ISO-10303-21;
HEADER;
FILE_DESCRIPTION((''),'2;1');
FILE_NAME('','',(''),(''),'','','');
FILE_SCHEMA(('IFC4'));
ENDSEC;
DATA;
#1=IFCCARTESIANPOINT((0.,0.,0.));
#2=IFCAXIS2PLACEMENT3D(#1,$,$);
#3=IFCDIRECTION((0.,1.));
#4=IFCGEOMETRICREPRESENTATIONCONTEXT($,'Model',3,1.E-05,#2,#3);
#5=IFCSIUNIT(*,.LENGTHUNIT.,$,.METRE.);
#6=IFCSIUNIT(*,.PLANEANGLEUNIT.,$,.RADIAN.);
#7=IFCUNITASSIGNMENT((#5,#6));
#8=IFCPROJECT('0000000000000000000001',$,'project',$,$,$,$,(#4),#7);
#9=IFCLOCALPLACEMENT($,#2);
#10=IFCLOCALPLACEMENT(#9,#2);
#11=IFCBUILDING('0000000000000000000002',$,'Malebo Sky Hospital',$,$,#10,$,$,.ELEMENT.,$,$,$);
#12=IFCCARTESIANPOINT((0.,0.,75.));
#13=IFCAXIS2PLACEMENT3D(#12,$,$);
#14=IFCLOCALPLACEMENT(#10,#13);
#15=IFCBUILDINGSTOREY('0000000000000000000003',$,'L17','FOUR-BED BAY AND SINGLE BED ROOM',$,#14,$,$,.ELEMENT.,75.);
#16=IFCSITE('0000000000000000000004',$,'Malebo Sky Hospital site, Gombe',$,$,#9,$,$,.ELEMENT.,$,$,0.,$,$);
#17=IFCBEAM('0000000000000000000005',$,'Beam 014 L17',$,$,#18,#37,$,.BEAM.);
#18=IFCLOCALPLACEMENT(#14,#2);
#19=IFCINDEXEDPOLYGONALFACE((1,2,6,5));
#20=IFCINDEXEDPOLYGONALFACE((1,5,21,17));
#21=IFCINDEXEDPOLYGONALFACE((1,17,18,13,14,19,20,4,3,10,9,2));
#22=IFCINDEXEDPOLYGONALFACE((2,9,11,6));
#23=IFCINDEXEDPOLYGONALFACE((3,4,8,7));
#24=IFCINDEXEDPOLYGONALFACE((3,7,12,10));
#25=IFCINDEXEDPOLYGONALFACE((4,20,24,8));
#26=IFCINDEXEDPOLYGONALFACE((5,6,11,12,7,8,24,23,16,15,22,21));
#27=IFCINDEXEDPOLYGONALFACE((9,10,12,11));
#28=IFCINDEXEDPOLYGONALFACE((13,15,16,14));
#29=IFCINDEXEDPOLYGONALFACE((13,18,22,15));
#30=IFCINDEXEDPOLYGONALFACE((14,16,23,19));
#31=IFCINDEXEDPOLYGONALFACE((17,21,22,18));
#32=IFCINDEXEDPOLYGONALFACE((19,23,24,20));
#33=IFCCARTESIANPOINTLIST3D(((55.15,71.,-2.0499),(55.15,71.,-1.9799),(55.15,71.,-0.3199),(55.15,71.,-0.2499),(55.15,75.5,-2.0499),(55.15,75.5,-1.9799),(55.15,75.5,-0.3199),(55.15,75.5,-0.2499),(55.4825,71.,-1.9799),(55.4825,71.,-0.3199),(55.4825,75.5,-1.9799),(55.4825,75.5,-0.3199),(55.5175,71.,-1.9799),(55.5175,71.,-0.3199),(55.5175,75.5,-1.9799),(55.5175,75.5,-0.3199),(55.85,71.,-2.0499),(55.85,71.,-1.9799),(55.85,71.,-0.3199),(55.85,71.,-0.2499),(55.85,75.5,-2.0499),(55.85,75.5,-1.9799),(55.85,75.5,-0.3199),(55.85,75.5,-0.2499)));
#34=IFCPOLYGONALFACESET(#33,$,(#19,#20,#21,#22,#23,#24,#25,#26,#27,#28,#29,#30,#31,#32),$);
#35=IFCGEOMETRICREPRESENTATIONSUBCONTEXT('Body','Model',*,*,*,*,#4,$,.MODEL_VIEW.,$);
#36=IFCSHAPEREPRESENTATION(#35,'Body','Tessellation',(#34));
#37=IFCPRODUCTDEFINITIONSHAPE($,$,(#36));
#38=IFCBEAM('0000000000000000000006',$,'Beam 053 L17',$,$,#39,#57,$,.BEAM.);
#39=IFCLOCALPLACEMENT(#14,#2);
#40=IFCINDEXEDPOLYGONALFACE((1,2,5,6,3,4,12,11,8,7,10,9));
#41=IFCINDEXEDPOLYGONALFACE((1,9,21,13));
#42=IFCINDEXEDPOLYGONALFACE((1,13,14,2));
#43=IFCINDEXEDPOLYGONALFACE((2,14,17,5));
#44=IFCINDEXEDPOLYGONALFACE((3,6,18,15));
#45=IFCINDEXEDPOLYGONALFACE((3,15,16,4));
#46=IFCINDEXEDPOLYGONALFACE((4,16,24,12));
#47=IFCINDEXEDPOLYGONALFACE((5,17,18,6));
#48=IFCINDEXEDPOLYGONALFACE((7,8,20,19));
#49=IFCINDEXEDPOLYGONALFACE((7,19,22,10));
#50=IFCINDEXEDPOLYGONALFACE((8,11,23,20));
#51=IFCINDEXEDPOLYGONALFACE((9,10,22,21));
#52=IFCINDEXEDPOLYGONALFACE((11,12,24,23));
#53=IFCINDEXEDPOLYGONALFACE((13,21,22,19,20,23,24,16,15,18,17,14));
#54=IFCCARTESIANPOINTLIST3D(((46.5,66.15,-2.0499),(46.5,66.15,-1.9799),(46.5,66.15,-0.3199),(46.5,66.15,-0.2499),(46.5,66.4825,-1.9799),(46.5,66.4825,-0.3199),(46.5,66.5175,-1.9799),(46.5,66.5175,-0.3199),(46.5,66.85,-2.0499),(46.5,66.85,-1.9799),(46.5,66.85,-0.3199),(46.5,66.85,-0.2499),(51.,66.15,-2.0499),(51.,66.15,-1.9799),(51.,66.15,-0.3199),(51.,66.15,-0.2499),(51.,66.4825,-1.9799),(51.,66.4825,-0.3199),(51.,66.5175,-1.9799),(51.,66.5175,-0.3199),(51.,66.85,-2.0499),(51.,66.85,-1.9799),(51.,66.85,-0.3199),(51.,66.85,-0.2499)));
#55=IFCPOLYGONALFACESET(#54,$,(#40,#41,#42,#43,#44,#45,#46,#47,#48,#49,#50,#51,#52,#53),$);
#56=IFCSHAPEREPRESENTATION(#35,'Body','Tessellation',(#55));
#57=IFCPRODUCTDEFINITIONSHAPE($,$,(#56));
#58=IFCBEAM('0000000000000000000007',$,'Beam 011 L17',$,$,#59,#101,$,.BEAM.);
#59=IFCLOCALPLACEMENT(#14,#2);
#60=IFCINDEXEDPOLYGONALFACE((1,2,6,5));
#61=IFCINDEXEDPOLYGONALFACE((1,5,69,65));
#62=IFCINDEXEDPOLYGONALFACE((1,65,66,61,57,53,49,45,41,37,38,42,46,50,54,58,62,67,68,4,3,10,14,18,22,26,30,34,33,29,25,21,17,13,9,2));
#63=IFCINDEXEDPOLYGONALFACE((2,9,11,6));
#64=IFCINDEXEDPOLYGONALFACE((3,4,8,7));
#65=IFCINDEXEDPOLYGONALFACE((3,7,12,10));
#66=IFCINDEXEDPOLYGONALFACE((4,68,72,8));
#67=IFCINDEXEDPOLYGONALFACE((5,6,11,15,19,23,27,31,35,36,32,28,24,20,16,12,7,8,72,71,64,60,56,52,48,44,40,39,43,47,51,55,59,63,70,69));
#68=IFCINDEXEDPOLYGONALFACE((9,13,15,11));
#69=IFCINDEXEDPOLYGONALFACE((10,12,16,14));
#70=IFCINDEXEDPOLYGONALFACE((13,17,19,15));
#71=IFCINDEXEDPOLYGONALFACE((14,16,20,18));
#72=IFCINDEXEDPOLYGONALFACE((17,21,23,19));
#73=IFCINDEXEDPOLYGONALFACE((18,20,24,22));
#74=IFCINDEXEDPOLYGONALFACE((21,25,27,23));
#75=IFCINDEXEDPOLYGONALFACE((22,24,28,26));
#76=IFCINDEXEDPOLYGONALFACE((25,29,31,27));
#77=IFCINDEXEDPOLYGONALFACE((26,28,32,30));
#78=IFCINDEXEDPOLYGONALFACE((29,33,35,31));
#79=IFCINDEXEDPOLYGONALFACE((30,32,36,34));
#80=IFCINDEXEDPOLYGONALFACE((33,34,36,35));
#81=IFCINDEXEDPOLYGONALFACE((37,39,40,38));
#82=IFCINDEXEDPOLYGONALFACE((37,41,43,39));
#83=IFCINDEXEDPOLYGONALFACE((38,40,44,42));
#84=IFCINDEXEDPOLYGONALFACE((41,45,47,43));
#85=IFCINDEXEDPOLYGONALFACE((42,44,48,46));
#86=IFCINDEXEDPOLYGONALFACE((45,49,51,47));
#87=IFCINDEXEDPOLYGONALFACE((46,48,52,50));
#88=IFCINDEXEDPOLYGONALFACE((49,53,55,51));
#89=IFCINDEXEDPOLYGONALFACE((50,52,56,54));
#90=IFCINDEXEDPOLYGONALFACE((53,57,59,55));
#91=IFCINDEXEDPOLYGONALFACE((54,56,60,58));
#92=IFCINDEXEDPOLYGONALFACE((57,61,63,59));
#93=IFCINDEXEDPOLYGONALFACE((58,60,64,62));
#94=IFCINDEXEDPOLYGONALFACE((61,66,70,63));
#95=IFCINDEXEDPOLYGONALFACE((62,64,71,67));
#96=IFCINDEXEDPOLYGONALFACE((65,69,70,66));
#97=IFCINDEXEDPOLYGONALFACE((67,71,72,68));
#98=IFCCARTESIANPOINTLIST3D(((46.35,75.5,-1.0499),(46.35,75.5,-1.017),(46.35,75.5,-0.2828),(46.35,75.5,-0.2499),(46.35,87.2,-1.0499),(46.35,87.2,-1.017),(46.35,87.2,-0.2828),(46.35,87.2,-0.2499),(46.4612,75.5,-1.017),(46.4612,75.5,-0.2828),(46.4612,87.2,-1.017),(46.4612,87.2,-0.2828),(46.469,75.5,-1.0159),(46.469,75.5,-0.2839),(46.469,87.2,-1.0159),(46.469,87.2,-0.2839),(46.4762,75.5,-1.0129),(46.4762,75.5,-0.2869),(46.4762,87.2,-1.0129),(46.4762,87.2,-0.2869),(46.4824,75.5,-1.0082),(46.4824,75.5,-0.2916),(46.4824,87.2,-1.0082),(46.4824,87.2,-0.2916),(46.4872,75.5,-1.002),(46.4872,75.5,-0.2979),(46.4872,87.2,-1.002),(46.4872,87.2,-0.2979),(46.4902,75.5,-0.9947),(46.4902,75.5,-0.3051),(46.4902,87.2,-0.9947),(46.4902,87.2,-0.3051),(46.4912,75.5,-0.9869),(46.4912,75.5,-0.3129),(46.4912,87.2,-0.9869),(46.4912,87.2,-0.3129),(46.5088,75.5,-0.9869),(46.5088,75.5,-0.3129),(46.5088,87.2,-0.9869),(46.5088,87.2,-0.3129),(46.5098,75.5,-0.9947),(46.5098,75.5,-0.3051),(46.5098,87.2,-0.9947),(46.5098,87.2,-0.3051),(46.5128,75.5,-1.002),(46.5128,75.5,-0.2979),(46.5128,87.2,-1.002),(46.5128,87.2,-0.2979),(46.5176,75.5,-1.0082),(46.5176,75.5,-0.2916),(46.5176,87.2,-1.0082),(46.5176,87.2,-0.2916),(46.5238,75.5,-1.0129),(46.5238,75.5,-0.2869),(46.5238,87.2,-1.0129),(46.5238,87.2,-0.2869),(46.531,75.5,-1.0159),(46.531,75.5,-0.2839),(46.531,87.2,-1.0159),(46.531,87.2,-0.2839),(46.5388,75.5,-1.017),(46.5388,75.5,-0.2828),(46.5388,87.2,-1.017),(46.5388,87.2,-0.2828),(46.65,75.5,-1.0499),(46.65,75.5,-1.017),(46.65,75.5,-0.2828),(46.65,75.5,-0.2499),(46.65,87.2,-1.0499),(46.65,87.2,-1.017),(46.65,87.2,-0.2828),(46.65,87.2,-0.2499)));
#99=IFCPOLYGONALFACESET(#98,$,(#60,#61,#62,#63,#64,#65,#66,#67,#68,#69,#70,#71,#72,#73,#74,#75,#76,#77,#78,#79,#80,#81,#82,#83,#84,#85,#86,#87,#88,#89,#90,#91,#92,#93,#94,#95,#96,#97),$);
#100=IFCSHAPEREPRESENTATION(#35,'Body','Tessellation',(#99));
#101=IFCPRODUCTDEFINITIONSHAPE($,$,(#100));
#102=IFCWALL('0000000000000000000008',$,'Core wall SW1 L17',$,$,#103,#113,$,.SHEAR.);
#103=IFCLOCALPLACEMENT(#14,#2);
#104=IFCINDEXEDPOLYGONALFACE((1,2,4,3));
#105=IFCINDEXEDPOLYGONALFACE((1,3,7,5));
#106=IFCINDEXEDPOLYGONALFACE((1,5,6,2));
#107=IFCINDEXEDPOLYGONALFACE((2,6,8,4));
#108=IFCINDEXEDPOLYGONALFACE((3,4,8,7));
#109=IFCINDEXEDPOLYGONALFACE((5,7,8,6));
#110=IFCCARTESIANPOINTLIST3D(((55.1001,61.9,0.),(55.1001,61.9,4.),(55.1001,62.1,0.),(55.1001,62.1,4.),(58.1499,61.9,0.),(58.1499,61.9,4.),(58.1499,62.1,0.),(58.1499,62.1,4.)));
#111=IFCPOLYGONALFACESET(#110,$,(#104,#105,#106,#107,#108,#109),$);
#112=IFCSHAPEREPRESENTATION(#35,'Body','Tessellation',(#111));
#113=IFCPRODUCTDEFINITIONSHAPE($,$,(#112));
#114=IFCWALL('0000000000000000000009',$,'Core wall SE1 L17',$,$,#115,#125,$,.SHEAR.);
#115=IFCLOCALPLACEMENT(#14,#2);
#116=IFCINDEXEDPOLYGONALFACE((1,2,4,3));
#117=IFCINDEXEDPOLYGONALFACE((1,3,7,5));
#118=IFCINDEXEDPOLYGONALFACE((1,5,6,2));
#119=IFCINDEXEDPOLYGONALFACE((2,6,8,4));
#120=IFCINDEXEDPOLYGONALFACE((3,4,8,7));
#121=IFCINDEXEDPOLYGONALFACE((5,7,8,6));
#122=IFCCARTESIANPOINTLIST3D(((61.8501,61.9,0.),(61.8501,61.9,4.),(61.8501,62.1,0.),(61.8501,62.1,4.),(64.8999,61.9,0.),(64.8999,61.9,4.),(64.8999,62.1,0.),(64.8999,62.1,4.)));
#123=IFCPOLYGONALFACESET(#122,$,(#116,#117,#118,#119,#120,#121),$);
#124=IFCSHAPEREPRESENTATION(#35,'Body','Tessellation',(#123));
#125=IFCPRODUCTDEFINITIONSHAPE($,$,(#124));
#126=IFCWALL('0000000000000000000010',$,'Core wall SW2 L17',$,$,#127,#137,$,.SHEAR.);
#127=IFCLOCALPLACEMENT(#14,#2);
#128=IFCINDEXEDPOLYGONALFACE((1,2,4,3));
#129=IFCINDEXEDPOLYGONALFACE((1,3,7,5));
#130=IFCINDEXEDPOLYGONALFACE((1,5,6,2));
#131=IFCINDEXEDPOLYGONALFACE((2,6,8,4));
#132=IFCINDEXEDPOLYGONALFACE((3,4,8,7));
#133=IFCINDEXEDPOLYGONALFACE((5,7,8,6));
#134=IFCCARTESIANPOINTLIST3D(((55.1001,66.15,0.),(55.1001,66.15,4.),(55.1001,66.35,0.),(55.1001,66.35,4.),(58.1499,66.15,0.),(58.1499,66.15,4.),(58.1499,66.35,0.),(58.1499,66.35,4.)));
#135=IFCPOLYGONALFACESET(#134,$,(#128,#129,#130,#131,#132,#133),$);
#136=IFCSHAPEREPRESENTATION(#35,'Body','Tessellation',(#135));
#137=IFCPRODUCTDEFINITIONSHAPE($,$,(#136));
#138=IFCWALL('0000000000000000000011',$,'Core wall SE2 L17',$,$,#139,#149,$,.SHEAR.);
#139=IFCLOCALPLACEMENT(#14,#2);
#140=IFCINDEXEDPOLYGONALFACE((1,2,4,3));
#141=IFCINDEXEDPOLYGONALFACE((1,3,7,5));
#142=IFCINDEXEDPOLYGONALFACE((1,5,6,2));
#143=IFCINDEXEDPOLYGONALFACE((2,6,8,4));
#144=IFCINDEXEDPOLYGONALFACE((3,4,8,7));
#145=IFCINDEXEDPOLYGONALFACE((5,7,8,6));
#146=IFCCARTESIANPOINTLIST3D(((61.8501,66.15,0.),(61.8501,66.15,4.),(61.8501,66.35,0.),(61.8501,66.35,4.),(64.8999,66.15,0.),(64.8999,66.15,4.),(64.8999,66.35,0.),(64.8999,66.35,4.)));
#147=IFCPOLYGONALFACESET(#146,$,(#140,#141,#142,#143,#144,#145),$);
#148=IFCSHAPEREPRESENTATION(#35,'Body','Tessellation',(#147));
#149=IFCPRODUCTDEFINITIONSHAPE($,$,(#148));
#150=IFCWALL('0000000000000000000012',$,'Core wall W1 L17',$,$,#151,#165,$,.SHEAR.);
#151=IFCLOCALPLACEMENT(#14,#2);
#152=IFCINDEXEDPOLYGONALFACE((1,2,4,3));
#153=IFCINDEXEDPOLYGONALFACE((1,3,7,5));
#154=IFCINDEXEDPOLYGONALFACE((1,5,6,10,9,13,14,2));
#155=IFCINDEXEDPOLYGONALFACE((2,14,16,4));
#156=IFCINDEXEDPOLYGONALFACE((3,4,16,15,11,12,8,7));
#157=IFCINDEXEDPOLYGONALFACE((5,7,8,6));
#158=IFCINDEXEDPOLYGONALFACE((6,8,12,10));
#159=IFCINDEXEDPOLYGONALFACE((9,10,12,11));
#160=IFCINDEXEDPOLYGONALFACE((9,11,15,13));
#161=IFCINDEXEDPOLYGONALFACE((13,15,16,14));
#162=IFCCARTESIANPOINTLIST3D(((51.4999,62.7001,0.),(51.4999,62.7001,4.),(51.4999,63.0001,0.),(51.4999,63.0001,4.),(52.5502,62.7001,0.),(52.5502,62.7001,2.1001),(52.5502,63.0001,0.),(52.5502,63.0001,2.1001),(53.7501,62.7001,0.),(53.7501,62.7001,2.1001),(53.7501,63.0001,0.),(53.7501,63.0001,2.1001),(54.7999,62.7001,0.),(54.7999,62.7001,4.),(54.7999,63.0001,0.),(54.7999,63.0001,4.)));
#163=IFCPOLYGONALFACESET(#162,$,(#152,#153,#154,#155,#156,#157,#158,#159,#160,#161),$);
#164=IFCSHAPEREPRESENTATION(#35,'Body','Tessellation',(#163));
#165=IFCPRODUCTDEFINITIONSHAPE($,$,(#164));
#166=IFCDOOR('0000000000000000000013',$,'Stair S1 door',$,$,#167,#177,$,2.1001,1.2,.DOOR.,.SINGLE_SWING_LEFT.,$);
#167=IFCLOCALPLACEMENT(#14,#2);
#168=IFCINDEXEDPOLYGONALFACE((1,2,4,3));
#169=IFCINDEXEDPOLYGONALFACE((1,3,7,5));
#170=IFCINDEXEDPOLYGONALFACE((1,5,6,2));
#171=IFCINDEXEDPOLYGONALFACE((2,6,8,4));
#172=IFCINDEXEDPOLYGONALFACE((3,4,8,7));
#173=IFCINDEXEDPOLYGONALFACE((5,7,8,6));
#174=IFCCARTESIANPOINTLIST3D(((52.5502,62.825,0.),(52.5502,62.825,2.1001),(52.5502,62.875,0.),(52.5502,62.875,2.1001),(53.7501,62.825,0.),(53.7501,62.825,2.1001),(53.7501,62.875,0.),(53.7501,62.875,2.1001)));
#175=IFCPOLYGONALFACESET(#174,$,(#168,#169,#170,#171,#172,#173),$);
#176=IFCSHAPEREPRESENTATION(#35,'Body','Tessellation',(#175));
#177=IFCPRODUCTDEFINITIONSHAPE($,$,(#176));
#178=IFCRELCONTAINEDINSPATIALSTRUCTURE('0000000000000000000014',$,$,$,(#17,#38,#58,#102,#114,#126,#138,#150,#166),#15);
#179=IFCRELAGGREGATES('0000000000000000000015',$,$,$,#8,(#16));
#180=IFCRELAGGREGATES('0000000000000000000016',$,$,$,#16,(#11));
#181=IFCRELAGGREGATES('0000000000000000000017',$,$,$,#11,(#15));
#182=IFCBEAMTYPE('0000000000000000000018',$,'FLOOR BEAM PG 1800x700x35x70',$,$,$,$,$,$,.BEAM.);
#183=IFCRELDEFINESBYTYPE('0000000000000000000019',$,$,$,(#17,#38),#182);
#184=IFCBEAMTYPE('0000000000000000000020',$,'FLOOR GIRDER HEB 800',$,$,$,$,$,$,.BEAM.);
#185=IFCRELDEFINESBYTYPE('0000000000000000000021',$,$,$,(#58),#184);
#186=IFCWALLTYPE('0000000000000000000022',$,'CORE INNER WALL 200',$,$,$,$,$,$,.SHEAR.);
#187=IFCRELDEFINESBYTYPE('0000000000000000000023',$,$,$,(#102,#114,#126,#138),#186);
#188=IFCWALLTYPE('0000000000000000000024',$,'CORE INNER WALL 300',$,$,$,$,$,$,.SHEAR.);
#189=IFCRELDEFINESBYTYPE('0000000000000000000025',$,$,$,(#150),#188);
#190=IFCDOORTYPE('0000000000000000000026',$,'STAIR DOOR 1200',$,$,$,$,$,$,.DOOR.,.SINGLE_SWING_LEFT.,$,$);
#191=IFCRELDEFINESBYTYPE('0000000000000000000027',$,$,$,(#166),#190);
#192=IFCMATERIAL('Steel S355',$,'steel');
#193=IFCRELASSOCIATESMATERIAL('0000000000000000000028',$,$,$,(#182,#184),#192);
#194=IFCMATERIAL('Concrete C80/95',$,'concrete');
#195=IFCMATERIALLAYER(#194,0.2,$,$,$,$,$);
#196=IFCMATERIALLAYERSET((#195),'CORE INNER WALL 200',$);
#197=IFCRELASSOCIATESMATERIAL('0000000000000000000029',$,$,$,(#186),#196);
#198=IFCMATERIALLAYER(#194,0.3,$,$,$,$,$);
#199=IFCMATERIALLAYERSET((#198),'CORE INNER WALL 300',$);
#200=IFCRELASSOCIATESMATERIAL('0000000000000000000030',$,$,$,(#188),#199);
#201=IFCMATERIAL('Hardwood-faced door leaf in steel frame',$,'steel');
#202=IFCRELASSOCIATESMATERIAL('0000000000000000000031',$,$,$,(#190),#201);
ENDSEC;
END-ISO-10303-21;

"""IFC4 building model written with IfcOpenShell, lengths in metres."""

from ifc_helpers import new_model, si_unit, direction, frame, frame_2d, origin, origin_2d, place, context, subcontext, project, spatial, rectangle, i_section, extrude, material, layer, layer_set, material_profile, profile_set, type_object, element, fill, save


model = new_model("IFC4")

# Units and contexts
model_context = context("Model", 3, precision=1e-05, world=origin(), true_north=direction((0.0, 1.0)))
body_context = subcontext(model_context, "Body", "Model", "MODEL_VIEW")
ifc_project = project(units=[si_unit("LENGTHUNIT", "METRE"), si_unit("PLANEANGLEUNIT", "RADIAN")], contexts=[model_context])

# Site, building, storey
site_placement = place(None, origin())
site = spatial("IfcSite", under=ifc_project, at=site_placement, Name="Malebo Sky Hospital site, Gombe", CompositionType="ELEMENT", RefElevation=0.0)
building_placement = place(site_placement, origin())
building = spatial("IfcBuilding", under=site, at=building_placement, Name="Malebo Sky Hospital", CompositionType="ELEMENT")
storey_placement = place(building_placement, frame((0.0, 0.0, 75.0)))
storey = spatial("IfcBuildingStorey", under=building, at=storey_placement, Name="L17", Description="FOUR-BED BAY AND SINGLE BED ROOM", CompositionType="ELEMENT", Elevation=75.0)

# Beams
ifc_material_1 = material(Name="Steel S355", Category="steel")
ifc_material_profile_1 = material_profile(ifc_material_1, i_section(OverallWidth=0.7, OverallDepth=1.8, WebThickness=0.0349, FlangeThickness=0.0701, at=origin_2d()), Name="PG 1800x700x35x70")
ifc_profile_set_1 = profile_set([ifc_material_profile_1], Name="Steel S355")
beam_type_1 = type_object("IfcBeamType", Name="FLOOR BEAM PG 1800x700x35x70", PredefinedType="BEAM", material=ifc_profile_set_1)
for number, where, z_axis, x_axis, name in (
    (1, (55.5, 71.0, -1.1499), (0.0, 1.0, 0.0), (-1.0, 0.0, 0.0), "Beam 014 L17"),
    (2, (46.5, 66.5, -1.1499), (1.0, 0.0, 0.0), (0.0, 1.0, 0.0), "Beam 053 L17"),
):
    element("IfcBeam", number, at=place(storey_placement, frame(where, z_axis=z_axis, x_axis=x_axis)), inside=storey, type_object=beam_type_1, Name=name, PredefinedType="BEAM", context=body_context, shape_type="SweptSolid", body=[
        extrude(i_section(OverallWidth=0.7, OverallDepth=1.8, WebThickness=0.0349, FlangeThickness=0.0701, at=origin_2d()), origin(), (0.0, 0.0, 1.0), 4.5),
    ])
ifc_material_profile_2 = material_profile(ifc_material_1, i_section(OverallWidth=0.3, OverallDepth=0.8, WebThickness=0.0176, FlangeThickness=0.033, FilletRadius=0.03, at=origin_2d()), Name="HEB 800")
ifc_profile_set_2 = profile_set([ifc_material_profile_2], Name="Steel S355")
beam_type_2 = type_object("IfcBeamType", Name="FLOOR GIRDER HEB 800", PredefinedType="BEAM", material=ifc_profile_set_2)
beam_1_placement = place(storey_placement, frame((46.5, 75.5, -0.6499), z_axis=(0.0, 1.0, 0.0), x_axis=(-1.0, 0.0, 0.0)))
element("IfcBeam", 3, at=beam_1_placement, inside=storey, type_object=beam_type_2, Name="Beam 011 L17", PredefinedType="BEAM", context=body_context, shape_type="SweptSolid", body=[
    extrude(i_section(OverallWidth=0.3, OverallDepth=0.8, WebThickness=0.0176, FlangeThickness=0.033, FilletRadius=0.03, at=origin_2d()), origin(), (0.0, 0.0, 1.0), 11.7),
])

# Walls
ifc_material_2 = material(Name="Concrete C80/95", Category="concrete")
ifc_layer_1 = layer(ifc_material_2, 0.2)
ifc_layer_set_1 = layer_set([ifc_layer_1], Name="CORE INNER WALL 200")
wall_type_1 = type_object("IfcWallType", Name="CORE INNER WALL 200", PredefinedType="SHEAR", material=ifc_layer_set_1)
for number, where, z_axis, x_axis, name in (
    (4, (55.1001, 62.0, 0.0), (0.0, 0.0, 1.0), (1.0, 0.0, 0.0), "Core wall SW1 L17"),
    (5, (61.8501, 62.0, 0.0), (0.0, 0.0, 1.0), (1.0, 0.0, 0.0), "Core wall SE1 L17"),
    (6, (55.1001, 66.25, 0.0), (0.0, 0.0, 1.0), (1.0, 0.0, 0.0), "Core wall SW2 L17"),
    (7, (61.8501, 66.25, 0.0), (0.0, 0.0, 1.0), (1.0, 0.0, 0.0), "Core wall SE2 L17"),
):
    element("IfcWall", number, at=place(storey_placement, frame(where, z_axis=z_axis, x_axis=x_axis)), inside=storey, type_object=wall_type_1, Name=name, PredefinedType="SHEAR", context=body_context, shape_type="SweptSolid", body=[
        extrude(rectangle(XDim=3.0498, YDim=0.2, at=frame_2d((1.5249, 0.0))), origin(), (0.0, 0.0, 1.0), 4.0),
    ])

# Wall, opening, door
ifc_layer_2 = layer(ifc_material_2, 0.3)
ifc_layer_set_2 = layer_set([ifc_layer_2], Name="CORE INNER WALL 300")
wall_type_2 = type_object("IfcWallType", Name="CORE INNER WALL 300", PredefinedType="SHEAR", material=ifc_layer_set_2)
wall_1_placement = place(storey_placement, frame((51.5, 62.8501, 0.0), z_axis=(0.0, 0.0, 1.0), x_axis=(1.0, 0.0, 0.0)))
wall_1 = element("IfcWall", 8, at=wall_1_placement, inside=storey, type_object=wall_type_2, Name="Core wall W1 L17", PredefinedType="SHEAR", context=body_context, shape_type="SweptSolid", body=[
    extrude(rectangle(XDim=3.3, YDim=0.3, at=frame_2d((1.6499, 0.0))), origin(), (0.0, 0.0, 1.0), 4.0),
])
opening_1_placement = place(wall_1_placement, frame((1.05, 0.0, 0.0)))
opening_1 = element("IfcOpeningElement", 9, at=opening_1_placement, cuts=wall_1, PredefinedType="OPENING", context=body_context, shape_type="SweptSolid", body=[
    extrude(rectangle(XDim=1.2, YDim=2.1001, at=frame_2d((0.6001, 1.05))), frame((0.0, 0.1599, 0.0), z_axis=(0.0, -1.0, 0.0), x_axis=(1.0, 0.0, 0.0)), (0.0, 0.0, 1.0), 0.3201),
])
ifc_material_3 = material(Name="Hardwood-faced door leaf in steel frame", Category="steel")
door_type_1 = type_object("IfcDoorType", Name="STAIR DOOR 1200", OperationType="SINGLE_SWING_LEFT", PredefinedType="DOOR", material=ifc_material_3)
door_1_placement = place(opening_1_placement, origin())
door_1 = element("IfcDoor", 10, at=door_1_placement, inside=storey, type_object=door_type_1, Name="Stair S1 door", OperationType="SINGLE_SWING_LEFT", OverallHeight=2.1001, OverallWidth=1.2, PredefinedType="DOOR", context=body_context, shape_type="SweptSolid", body=[
    extrude(rectangle(XDim=1.2, YDim=2.1001, at=frame_2d((0.6001, 1.05))), frame((0.0, 0.0249, 0.0), z_axis=(0.0, -1.0, 0.0), x_axis=(1.0, 0.0, 0.0)), (0.0, 0.0, 1.0), 0.05),
])
fill(opening_1, door_1)

save(model, "model.ifc")
